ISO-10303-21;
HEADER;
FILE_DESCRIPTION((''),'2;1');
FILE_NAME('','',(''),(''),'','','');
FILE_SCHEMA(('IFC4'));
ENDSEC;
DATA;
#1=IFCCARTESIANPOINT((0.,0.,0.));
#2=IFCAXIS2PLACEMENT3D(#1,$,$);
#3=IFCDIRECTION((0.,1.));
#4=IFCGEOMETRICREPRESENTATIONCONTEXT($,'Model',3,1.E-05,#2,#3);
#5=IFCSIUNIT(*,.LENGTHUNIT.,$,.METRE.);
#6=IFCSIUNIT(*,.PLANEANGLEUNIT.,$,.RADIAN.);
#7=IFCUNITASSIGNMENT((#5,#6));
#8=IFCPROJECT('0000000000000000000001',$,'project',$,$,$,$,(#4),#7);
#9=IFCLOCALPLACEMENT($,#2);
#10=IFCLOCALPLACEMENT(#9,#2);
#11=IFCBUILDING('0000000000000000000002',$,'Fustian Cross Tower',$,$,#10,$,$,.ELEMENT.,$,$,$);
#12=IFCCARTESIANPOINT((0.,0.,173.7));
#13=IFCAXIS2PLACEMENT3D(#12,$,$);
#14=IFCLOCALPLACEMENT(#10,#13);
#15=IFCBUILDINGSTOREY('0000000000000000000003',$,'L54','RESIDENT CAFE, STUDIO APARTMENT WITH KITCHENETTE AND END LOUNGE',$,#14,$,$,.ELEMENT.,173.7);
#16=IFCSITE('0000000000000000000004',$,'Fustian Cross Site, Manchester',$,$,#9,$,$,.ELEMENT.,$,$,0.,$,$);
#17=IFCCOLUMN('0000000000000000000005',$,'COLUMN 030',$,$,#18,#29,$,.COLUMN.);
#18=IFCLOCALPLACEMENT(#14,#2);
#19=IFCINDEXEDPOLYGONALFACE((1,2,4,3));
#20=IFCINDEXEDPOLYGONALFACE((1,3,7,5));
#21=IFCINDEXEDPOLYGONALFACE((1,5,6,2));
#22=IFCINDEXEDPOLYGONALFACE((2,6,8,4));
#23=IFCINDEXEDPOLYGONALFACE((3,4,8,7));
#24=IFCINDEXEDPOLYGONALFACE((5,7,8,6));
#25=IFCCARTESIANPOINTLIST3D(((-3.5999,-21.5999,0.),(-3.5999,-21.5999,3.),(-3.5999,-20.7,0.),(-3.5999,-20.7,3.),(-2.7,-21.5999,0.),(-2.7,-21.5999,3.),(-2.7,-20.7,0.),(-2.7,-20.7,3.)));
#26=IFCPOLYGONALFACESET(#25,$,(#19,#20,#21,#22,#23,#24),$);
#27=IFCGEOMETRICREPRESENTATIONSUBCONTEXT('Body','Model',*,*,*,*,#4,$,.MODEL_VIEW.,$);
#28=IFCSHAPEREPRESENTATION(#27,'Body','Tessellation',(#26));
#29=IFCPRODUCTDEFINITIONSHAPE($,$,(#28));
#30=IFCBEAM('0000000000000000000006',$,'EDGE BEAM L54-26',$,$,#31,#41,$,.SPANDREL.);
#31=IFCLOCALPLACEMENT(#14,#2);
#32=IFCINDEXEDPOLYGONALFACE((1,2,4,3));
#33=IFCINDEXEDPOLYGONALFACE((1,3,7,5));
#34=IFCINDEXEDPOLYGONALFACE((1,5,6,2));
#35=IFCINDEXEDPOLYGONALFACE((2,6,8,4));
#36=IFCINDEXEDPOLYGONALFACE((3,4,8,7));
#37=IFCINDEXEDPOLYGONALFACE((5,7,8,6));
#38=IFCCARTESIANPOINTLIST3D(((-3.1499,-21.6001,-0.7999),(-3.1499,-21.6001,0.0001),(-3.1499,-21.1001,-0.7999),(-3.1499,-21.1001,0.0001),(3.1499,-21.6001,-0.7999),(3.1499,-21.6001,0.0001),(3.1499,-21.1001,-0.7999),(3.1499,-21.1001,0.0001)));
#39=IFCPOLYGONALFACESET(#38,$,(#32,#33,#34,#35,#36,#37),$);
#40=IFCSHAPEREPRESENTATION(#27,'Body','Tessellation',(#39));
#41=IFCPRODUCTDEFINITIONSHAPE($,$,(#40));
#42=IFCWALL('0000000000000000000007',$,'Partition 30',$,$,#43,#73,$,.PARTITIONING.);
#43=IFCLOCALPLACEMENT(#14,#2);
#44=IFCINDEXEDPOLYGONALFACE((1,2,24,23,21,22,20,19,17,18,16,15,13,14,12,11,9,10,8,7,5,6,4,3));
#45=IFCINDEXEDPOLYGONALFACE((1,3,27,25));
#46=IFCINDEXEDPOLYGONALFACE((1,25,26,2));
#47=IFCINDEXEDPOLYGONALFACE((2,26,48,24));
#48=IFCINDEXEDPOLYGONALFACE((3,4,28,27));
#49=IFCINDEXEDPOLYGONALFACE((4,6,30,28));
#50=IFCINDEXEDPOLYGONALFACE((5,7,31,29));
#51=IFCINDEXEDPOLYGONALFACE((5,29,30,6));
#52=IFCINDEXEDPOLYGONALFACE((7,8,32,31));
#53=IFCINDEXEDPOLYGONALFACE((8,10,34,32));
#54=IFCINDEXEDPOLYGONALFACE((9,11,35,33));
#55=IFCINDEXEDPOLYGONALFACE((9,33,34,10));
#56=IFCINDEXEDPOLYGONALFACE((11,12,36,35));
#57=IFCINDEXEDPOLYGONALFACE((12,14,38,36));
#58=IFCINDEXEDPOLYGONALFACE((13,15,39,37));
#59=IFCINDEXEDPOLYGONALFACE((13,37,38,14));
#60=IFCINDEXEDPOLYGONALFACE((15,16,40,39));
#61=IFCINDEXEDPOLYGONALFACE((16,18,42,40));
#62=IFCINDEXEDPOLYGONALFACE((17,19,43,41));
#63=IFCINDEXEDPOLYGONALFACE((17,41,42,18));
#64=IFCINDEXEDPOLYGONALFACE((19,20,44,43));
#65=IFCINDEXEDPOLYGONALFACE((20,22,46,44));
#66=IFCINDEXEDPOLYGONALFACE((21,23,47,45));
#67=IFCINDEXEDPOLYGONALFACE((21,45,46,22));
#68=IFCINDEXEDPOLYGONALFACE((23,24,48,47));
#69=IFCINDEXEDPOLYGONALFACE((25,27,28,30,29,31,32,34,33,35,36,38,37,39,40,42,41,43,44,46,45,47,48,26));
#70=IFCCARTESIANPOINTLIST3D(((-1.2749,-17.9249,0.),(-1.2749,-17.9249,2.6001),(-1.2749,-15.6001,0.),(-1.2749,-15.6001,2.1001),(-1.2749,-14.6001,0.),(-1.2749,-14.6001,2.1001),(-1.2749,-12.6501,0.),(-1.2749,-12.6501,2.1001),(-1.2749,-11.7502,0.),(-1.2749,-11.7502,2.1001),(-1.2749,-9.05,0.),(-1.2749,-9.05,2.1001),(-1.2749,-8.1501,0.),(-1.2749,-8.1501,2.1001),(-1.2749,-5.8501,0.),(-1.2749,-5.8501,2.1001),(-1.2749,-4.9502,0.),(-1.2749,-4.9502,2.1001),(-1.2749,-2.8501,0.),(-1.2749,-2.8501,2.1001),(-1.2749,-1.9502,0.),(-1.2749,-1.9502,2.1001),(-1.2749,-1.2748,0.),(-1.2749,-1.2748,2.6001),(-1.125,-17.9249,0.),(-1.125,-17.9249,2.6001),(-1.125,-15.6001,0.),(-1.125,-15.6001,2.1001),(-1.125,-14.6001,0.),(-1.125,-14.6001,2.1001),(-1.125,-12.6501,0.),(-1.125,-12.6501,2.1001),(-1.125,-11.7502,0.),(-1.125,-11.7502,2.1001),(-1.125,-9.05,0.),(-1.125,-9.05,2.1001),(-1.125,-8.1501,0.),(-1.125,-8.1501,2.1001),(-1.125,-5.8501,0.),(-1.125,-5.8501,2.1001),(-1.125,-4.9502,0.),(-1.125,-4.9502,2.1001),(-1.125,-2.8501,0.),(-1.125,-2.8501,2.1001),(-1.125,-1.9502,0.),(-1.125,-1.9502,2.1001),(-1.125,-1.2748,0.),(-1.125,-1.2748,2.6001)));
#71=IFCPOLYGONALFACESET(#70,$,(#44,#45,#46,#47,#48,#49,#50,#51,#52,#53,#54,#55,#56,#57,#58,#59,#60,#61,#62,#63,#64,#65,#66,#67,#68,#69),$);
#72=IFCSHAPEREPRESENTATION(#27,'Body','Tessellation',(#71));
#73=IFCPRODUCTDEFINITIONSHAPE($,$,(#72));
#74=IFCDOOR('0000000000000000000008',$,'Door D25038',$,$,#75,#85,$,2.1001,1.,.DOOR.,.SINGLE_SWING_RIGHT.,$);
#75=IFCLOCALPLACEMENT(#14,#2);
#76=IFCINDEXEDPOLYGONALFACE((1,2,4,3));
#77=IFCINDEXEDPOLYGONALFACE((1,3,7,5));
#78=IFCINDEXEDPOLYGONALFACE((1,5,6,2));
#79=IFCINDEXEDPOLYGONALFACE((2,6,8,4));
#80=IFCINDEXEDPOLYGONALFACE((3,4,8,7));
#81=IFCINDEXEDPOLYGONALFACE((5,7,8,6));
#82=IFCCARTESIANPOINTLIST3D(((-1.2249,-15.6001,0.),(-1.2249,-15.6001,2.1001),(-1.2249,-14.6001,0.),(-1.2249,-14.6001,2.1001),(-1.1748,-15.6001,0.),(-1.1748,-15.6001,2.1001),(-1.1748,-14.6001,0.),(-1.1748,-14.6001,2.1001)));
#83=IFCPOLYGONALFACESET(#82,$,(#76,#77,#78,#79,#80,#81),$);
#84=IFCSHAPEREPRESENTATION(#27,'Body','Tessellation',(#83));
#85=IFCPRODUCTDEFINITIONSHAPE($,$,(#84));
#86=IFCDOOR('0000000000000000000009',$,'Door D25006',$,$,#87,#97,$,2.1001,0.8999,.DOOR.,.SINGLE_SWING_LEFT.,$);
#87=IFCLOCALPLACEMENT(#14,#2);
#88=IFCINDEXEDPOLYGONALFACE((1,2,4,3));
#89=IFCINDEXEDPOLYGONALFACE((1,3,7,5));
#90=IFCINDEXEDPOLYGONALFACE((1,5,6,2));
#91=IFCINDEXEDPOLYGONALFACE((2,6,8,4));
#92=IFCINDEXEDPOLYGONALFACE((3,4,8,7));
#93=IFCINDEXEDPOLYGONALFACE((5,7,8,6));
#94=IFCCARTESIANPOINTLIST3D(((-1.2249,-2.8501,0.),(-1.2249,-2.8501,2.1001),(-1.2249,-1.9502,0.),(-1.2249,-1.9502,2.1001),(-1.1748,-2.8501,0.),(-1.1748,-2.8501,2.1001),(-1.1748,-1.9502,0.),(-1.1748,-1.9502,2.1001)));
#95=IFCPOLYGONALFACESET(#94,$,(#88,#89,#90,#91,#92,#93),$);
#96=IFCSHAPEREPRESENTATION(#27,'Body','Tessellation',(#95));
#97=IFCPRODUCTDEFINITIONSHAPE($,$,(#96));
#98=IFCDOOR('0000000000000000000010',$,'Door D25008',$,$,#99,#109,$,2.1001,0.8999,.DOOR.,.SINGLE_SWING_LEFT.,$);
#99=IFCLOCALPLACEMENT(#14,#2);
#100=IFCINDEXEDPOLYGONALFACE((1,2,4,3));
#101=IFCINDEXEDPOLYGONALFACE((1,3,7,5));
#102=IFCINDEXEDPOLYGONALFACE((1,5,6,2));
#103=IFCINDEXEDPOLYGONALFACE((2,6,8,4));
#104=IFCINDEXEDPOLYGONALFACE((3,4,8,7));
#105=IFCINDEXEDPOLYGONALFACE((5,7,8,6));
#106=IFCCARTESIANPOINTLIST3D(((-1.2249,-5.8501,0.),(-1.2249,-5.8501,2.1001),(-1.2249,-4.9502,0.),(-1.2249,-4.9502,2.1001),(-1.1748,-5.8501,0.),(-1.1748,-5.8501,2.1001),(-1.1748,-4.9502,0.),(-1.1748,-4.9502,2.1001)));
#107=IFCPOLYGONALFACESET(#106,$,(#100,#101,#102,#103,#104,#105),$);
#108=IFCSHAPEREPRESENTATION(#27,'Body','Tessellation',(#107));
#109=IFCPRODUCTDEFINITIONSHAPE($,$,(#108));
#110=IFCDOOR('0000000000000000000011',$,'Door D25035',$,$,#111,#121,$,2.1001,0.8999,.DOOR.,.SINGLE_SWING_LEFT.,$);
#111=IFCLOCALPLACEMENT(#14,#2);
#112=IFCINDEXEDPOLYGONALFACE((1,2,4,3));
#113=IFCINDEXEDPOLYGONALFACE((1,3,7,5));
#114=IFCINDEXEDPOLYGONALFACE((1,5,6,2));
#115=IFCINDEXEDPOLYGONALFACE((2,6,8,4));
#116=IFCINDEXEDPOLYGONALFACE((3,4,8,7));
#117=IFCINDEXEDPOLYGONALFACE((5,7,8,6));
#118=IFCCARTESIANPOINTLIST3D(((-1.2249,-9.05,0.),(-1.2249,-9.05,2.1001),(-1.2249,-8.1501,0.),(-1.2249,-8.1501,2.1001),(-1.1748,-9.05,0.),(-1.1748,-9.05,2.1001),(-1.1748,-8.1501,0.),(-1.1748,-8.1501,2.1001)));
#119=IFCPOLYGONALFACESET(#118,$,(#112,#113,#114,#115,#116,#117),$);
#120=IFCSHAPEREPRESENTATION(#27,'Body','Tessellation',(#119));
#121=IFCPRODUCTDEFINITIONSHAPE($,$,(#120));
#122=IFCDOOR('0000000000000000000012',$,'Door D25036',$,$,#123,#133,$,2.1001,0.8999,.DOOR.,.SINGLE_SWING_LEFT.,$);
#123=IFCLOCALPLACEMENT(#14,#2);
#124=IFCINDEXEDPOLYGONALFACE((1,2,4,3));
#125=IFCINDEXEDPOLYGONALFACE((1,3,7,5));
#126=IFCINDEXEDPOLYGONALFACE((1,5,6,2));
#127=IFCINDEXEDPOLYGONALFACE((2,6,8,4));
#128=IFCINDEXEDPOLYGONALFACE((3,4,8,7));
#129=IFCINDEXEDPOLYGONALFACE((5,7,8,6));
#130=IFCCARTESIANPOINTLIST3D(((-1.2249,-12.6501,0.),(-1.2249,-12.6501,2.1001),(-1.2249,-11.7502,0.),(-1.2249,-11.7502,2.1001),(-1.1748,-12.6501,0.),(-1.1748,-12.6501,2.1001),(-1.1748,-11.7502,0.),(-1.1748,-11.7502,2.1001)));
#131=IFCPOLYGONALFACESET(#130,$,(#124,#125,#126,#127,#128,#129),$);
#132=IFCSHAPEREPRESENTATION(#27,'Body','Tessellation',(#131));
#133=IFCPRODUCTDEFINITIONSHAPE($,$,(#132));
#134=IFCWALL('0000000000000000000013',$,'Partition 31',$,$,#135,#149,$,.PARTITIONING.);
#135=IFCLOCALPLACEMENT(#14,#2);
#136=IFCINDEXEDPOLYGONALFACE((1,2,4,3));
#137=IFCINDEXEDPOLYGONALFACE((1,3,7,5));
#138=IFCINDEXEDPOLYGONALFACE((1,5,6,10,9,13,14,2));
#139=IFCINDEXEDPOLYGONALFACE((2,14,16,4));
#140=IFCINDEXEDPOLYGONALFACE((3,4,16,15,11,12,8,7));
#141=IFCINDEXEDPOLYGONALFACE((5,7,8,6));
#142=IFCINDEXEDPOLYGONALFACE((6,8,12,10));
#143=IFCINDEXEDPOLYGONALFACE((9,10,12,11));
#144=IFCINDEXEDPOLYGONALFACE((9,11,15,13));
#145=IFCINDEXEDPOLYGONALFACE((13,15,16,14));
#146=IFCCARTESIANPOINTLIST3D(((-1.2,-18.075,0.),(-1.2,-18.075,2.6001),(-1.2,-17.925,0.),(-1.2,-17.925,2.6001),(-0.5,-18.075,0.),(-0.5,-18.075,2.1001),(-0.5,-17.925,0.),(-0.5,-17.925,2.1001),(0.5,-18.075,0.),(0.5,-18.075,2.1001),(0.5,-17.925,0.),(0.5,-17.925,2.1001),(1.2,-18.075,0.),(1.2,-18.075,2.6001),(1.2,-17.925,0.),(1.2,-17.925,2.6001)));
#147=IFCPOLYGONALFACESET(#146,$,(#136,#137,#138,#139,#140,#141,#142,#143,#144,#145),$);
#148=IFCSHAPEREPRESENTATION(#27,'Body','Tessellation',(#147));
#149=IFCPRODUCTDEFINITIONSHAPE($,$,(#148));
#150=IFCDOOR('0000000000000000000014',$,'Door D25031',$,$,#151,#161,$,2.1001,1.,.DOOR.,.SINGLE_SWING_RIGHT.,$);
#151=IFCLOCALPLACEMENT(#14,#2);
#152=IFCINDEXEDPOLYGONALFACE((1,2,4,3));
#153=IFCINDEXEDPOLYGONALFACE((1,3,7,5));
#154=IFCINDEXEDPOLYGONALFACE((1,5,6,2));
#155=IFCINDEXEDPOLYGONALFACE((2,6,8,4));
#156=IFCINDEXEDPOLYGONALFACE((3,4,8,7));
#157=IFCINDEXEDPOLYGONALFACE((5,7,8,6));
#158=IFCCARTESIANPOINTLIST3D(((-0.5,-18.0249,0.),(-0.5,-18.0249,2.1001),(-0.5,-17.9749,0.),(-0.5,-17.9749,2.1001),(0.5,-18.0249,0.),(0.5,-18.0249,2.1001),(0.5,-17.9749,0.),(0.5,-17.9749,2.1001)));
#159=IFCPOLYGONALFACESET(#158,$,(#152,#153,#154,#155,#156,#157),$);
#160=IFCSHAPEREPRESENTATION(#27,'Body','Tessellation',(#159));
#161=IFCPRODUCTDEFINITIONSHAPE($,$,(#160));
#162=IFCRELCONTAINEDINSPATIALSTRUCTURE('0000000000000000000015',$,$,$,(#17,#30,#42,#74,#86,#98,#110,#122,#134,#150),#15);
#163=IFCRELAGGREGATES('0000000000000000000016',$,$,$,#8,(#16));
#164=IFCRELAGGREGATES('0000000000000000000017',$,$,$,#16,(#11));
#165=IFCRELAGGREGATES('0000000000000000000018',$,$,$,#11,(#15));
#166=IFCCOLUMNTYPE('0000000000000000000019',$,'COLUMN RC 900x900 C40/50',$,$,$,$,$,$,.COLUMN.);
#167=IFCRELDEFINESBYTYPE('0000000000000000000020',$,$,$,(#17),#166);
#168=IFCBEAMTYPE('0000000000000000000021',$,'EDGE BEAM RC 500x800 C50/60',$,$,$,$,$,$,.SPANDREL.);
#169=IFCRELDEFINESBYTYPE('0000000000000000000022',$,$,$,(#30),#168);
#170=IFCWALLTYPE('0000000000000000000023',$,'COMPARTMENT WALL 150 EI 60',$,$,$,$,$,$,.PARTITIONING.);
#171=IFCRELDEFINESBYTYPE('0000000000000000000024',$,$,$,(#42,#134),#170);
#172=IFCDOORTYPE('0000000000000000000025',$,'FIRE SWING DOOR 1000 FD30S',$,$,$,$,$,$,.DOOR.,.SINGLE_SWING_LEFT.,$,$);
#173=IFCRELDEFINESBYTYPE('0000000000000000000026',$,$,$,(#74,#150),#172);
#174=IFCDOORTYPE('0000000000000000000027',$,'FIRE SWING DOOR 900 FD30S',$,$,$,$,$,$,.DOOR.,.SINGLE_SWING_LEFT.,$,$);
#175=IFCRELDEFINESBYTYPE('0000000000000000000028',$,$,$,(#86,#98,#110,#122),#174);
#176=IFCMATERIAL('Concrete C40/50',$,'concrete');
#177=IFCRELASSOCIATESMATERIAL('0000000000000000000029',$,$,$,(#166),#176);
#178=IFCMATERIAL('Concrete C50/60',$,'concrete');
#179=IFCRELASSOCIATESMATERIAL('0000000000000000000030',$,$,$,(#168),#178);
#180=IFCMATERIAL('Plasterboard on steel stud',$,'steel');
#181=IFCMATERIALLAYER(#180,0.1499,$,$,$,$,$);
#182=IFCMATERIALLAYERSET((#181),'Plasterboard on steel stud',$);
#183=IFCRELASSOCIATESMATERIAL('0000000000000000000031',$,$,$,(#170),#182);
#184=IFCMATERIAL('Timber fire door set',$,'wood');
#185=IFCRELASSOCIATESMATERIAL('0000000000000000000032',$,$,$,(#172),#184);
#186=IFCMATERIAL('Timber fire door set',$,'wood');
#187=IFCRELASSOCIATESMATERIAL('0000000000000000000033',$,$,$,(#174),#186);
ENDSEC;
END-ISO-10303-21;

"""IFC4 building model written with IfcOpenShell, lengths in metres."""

from ifc_helpers import new_model, si_unit, direction, frame, frame_2d, origin, origin_2d, place, context, subcontext, project, spatial, rectangle, extrude, material, layer, layer_set, material_profile, profile_set, type_object, element, fill, save


model = new_model("IFC4")

# Units and contexts
model_context = context("Model", 3, precision=1e-05, world=origin(), true_north=direction((0.0, 1.0)))
body_context = subcontext(model_context, "Body", "Model", "MODEL_VIEW")
ifc_project = project(units=[si_unit("LENGTHUNIT", "METRE"), si_unit("PLANEANGLEUNIT", "RADIAN")], contexts=[model_context])

# Site, building, storey
site_placement = place(None, origin())
site = spatial("IfcSite", under=ifc_project, at=site_placement, Name="Fustian Cross Site, Manchester", CompositionType="ELEMENT", RefElevation=0.0)
building_placement = place(site_placement, origin())
building = spatial("IfcBuilding", under=site, at=building_placement, Name="Fustian Cross Tower", CompositionType="ELEMENT")
storey_placement = place(building_placement, frame((0.0, 0.0, 173.7)))
storey = spatial("IfcBuildingStorey", under=building, at=storey_placement, Name="L54", Description="RESIDENT CAFE, STUDIO APARTMENT WITH KITCHENETTE AND END LOUNGE", CompositionType="ELEMENT", Elevation=173.7)

# Column
ifc_material_1 = material(Name="Concrete C40/50", Category="concrete")
ifc_material_profile_1 = material_profile(ifc_material_1, rectangle(XDim=0.8999, YDim=0.8999, at=origin_2d()), Name="RC 900x900")
ifc_profile_set_1 = profile_set([ifc_material_profile_1], Name="Concrete C40/50")
column_type = type_object("IfcColumnType", Name="COLUMN RC 900x900 C40/50", PredefinedType="COLUMN", material=ifc_profile_set_1)
column_placement = place(storey_placement, frame((-3.1499, -21.1499, 0.0), z_axis=(0.0, 0.0, 1.0), x_axis=(1.0, 0.0, 0.0)))
element("IfcColumn", 1, at=column_placement, inside=storey, type_object=column_type, Name="COLUMN 030", PredefinedType="COLUMN", context=body_context, shape_type="SweptSolid", body=[
    extrude(rectangle(XDim=0.8999, YDim=0.8999, at=origin_2d()), origin(), (0.0, 0.0, 1.0), 3.0),
])

# Beam
ifc_material_2 = material(Name="Concrete C50/60", Category="concrete")
ifc_material_profile_2 = material_profile(ifc_material_2, rectangle(XDim=0.5, YDim=0.8, at=origin_2d()), Name="RC 500x800")
ifc_profile_set_2 = profile_set([ifc_material_profile_2], Name="Concrete C50/60")
beam_type = type_object("IfcBeamType", Name="EDGE BEAM RC 500x800 C50/60", PredefinedType="SPANDREL", material=ifc_profile_set_2)
beam_placement = place(storey_placement, frame((-3.1499, -21.3501, -0.3999), z_axis=(1.0, 0.0, 0.0), x_axis=(0.0, 1.0, 0.0)))
element("IfcBeam", 2, at=beam_placement, inside=storey, type_object=beam_type, Name="EDGE BEAM L54-26", PredefinedType="SPANDREL", context=body_context, shape_type="SweptSolid", body=[
    extrude(rectangle(XDim=0.5, YDim=0.8, at=origin_2d()), origin(), (0.0, 0.0, 1.0), 6.2998),
])

# Wall, openings, doors
ifc_material_3 = material(Name="Plasterboard on steel stud", Category="steel")
ifc_layer_1 = layer(ifc_material_3, 0.1499)
ifc_layer_set_1 = layer_set([ifc_layer_1], Name="Plasterboard on steel stud")
wall_type_1 = type_object("IfcWallType", Name="COMPARTMENT WALL 150 EI 60", PredefinedType="PARTITIONING", material=ifc_layer_set_1)
wall_1_placement = place(storey_placement, frame((-1.2, -17.925, 0.0), z_axis=(0.0, 0.0, 1.0), x_axis=(0.0, 1.0, 0.0)))
wall_1 = element("IfcWall", 3, at=wall_1_placement, inside=storey, type_object=wall_type_1, Name="Partition 30", PredefinedType="PARTITIONING", context=body_context, shape_type="SweptSolid", body=[
    extrude(rectangle(XDim=16.6501, YDim=0.1499, at=frame_2d((8.3252, 0.0))), origin(), (0.0, 0.0, 1.0), 2.6001),
])
opening_1_placement = place(wall_1_placement, frame((15.075, 0.0, 0.0)))
opening_1 = element("IfcOpeningElement", 4, at=opening_1_placement, cuts=wall_1, PredefinedType="OPENING", context=body_context, shape_type="SweptSolid", body=[
    extrude(rectangle(XDim=0.8999, YDim=2.1001, at=frame_2d((0.45, 1.05))), frame((0.0, 0.085, 0.0), z_axis=(0.0, -1.0, 0.0), x_axis=(1.0, 0.0, 0.0)), (0.0, 0.0, 1.0), 0.1699),
])
opening_2_placement = place(wall_1_placement, frame((12.075, 0.0, 0.0)))
opening_2 = element("IfcOpeningElement", 5, at=opening_2_placement, cuts=wall_1, PredefinedType="OPENING", context=body_context, shape_type="SweptSolid", body=[
    extrude(rectangle(XDim=0.8999, YDim=2.1001, at=frame_2d((0.45, 1.05))), frame((0.0, 0.085, 0.0), z_axis=(0.0, -1.0, 0.0), x_axis=(1.0, 0.0, 0.0)), (0.0, 0.0, 1.0), 0.1699),
])
opening_3_placement = place(wall_1_placement, frame((8.875, 0.0, 0.0)))
opening_3 = element("IfcOpeningElement", 6, at=opening_3_placement, cuts=wall_1, PredefinedType="OPENING", context=body_context, shape_type="SweptSolid", body=[
    extrude(rectangle(XDim=0.8999, YDim=2.1001, at=frame_2d((0.45, 1.05))), frame((0.0, 0.085, 0.0), z_axis=(0.0, -1.0, 0.0), x_axis=(1.0, 0.0, 0.0)), (0.0, 0.0, 1.0), 0.1699),
])
opening_4_placement = place(wall_1_placement, frame((5.2749, 0.0, 0.0)))
opening_4 = element("IfcOpeningElement", 7, at=opening_4_placement, cuts=wall_1, PredefinedType="OPENING", context=body_context, shape_type="SweptSolid", body=[
    extrude(rectangle(XDim=0.8999, YDim=2.1001, at=frame_2d((0.45, 1.05))), frame((0.0, 0.085, 0.0), z_axis=(0.0, -1.0, 0.0), x_axis=(1.0, 0.0, 0.0)), (0.0, 0.0, 1.0), 0.1699),
])
opening_5_placement = place(wall_1_placement, frame((2.325, 0.0, 0.0)))
opening_5 = element("IfcOpeningElement", 8, at=opening_5_placement, cuts=wall_1, PredefinedType="OPENING", context=body_context, shape_type="SweptSolid", body=[
    extrude(rectangle(XDim=1.0, YDim=2.1001, at=frame_2d((0.5, 1.05))), frame((0.0, 0.085, 0.0), z_axis=(0.0, -1.0, 0.0), x_axis=(1.0, 0.0, 0.0)), (0.0, 0.0, 1.0), 0.1699),
])
ifc_material_4 = material(Name="Timber fire door set", Category="wood")
door_type_1 = type_object("IfcDoorType", Name="FIRE SWING DOOR 1000 FD30S", OperationType="SINGLE_SWING_LEFT", PredefinedType="DOOR", material=ifc_material_4)
door_1_placement = place(opening_5_placement, origin())
door_1 = element("IfcDoor", 9, at=door_1_placement, inside=storey, type_object=door_type_1, Name="Door D25038", OperationType="SINGLE_SWING_RIGHT", OverallHeight=2.1001, OverallWidth=1.0, PredefinedType="DOOR", context=body_context, shape_type="SweptSolid", body=[
    extrude(rectangle(XDim=1.0, YDim=2.1001, at=frame_2d((0.5, 1.05))), frame((0.0, 0.0249, 0.0), z_axis=(0.0, -1.0, 0.0), x_axis=(1.0, 0.0, 0.0)), (0.0, 0.0, 1.0), 0.05),
])
fill(opening_5, door_1)
ifc_material_5 = material(Name="Timber fire door set", Category="wood")
door_type_2 = type_object("IfcDoorType", Name="FIRE SWING DOOR 900 FD30S", OperationType="SINGLE_SWING_LEFT", PredefinedType="DOOR", material=ifc_material_5)
door_2_placement = place(opening_1_placement, origin())
door_2 = element("IfcDoor", 10, at=door_2_placement, inside=storey, type_object=door_type_2, Name="Door D25006", OperationType="SINGLE_SWING_LEFT", OverallHeight=2.1001, OverallWidth=0.8999, PredefinedType="DOOR", context=body_context, shape_type="SweptSolid", body=[
    extrude(rectangle(XDim=0.8999, YDim=2.1001, at=frame_2d((0.45, 1.05))), frame((0.0, 0.0249, 0.0), z_axis=(0.0, -1.0, 0.0), x_axis=(1.0, 0.0, 0.0)), (0.0, 0.0, 1.0), 0.05),
])
fill(opening_1, door_2)
door_3_placement = place(opening_2_placement, origin())
door_3 = element("IfcDoor", 11, at=door_3_placement, inside=storey, type_object=door_type_2, Name="Door D25008", OperationType="SINGLE_SWING_LEFT", OverallHeight=2.1001, OverallWidth=0.8999, PredefinedType="DOOR", context=body_context, shape_type="SweptSolid", body=[
    extrude(rectangle(XDim=0.8999, YDim=2.1001, at=frame_2d((0.45, 1.05))), frame((0.0, 0.0249, 0.0), z_axis=(0.0, -1.0, 0.0), x_axis=(1.0, 0.0, 0.0)), (0.0, 0.0, 1.0), 0.05),
])
fill(opening_2, door_3)
door_4_placement = place(opening_3_placement, origin())
door_4 = element("IfcDoor", 12, at=door_4_placement, inside=storey, type_object=door_type_2, Name="Door D25035", OperationType="SINGLE_SWING_LEFT", OverallHeight=2.1001, OverallWidth=0.8999, PredefinedType="DOOR", context=body_context, shape_type="SweptSolid", body=[
    extrude(rectangle(XDim=0.8999, YDim=2.1001, at=frame_2d((0.45, 1.05))), frame((0.0, 0.0249, 0.0), z_axis=(0.0, -1.0, 0.0), x_axis=(1.0, 0.0, 0.0)), (0.0, 0.0, 1.0), 0.05),
])
fill(opening_3, door_4)
door_5_placement = place(opening_4_placement, origin())
door_5 = element("IfcDoor", 13, at=door_5_placement, inside=storey, type_object=door_type_2, Name="Door D25036", OperationType="SINGLE_SWING_LEFT", OverallHeight=2.1001, OverallWidth=0.8999, PredefinedType="DOOR", context=body_context, shape_type="SweptSolid", body=[
    extrude(rectangle(XDim=0.8999, YDim=2.1001, at=frame_2d((0.45, 1.05))), frame((0.0, 0.0249, 0.0), z_axis=(0.0, -1.0, 0.0), x_axis=(1.0, 0.0, 0.0)), (0.0, 0.0, 1.0), 0.05),
])
fill(opening_4, door_5)

# Wall, opening, door
wall_2_placement = place(storey_placement, frame((-1.2, -18.0, 0.0), z_axis=(0.0, 0.0, 1.0), x_axis=(1.0, 0.0, 0.0)))
wall_2 = element("IfcWall", 14, at=wall_2_placement, inside=storey, type_object=wall_type_1, Name="Partition 31", PredefinedType="PARTITIONING", context=body_context, shape_type="SweptSolid", body=[
    extrude(rectangle(XDim=2.3999, YDim=0.1499, at=frame_2d((1.2, 0.0))), origin(), (0.0, 0.0, 1.0), 2.6001),
])
opening_6_placement = place(wall_2_placement, frame((0.7, 0.0, 0.0)))
opening_6 = element("IfcOpeningElement", 15, at=opening_6_placement, cuts=wall_2, PredefinedType="OPENING", context=body_context, shape_type="SweptSolid", body=[
    extrude(rectangle(XDim=1.0, YDim=2.1001, at=frame_2d((0.5, 1.05))), frame((0.0, 0.085, 0.0), z_axis=(0.0, -1.0, 0.0), x_axis=(1.0, 0.0, 0.0)), (0.0, 0.0, 1.0), 0.1699),
])
door_6_placement = place(opening_6_placement, frame((1.0, 0.0, 0.0), z_axis=(0.0, 0.0, 1.0), x_axis=(-1.0, 0.0, 0.0)))
door_6 = element("IfcDoor", 16, at=door_6_placement, inside=storey, type_object=door_type_1, Name="Door D25031", OperationType="SINGLE_SWING_RIGHT", OverallHeight=2.1001, OverallWidth=1.0, PredefinedType="DOOR", context=body_context, shape_type="SweptSolid", body=[
    extrude(rectangle(XDim=1.0, YDim=2.1001, at=frame_2d((0.5, 1.05))), frame((0.0, 0.0249, 0.0), z_axis=(0.0, -1.0, 0.0), x_axis=(1.0, 0.0, 0.0)), (0.0, 0.0, 1.0), 0.05),
])
fill(opening_6, door_6)

save(model, "model.ifc")
